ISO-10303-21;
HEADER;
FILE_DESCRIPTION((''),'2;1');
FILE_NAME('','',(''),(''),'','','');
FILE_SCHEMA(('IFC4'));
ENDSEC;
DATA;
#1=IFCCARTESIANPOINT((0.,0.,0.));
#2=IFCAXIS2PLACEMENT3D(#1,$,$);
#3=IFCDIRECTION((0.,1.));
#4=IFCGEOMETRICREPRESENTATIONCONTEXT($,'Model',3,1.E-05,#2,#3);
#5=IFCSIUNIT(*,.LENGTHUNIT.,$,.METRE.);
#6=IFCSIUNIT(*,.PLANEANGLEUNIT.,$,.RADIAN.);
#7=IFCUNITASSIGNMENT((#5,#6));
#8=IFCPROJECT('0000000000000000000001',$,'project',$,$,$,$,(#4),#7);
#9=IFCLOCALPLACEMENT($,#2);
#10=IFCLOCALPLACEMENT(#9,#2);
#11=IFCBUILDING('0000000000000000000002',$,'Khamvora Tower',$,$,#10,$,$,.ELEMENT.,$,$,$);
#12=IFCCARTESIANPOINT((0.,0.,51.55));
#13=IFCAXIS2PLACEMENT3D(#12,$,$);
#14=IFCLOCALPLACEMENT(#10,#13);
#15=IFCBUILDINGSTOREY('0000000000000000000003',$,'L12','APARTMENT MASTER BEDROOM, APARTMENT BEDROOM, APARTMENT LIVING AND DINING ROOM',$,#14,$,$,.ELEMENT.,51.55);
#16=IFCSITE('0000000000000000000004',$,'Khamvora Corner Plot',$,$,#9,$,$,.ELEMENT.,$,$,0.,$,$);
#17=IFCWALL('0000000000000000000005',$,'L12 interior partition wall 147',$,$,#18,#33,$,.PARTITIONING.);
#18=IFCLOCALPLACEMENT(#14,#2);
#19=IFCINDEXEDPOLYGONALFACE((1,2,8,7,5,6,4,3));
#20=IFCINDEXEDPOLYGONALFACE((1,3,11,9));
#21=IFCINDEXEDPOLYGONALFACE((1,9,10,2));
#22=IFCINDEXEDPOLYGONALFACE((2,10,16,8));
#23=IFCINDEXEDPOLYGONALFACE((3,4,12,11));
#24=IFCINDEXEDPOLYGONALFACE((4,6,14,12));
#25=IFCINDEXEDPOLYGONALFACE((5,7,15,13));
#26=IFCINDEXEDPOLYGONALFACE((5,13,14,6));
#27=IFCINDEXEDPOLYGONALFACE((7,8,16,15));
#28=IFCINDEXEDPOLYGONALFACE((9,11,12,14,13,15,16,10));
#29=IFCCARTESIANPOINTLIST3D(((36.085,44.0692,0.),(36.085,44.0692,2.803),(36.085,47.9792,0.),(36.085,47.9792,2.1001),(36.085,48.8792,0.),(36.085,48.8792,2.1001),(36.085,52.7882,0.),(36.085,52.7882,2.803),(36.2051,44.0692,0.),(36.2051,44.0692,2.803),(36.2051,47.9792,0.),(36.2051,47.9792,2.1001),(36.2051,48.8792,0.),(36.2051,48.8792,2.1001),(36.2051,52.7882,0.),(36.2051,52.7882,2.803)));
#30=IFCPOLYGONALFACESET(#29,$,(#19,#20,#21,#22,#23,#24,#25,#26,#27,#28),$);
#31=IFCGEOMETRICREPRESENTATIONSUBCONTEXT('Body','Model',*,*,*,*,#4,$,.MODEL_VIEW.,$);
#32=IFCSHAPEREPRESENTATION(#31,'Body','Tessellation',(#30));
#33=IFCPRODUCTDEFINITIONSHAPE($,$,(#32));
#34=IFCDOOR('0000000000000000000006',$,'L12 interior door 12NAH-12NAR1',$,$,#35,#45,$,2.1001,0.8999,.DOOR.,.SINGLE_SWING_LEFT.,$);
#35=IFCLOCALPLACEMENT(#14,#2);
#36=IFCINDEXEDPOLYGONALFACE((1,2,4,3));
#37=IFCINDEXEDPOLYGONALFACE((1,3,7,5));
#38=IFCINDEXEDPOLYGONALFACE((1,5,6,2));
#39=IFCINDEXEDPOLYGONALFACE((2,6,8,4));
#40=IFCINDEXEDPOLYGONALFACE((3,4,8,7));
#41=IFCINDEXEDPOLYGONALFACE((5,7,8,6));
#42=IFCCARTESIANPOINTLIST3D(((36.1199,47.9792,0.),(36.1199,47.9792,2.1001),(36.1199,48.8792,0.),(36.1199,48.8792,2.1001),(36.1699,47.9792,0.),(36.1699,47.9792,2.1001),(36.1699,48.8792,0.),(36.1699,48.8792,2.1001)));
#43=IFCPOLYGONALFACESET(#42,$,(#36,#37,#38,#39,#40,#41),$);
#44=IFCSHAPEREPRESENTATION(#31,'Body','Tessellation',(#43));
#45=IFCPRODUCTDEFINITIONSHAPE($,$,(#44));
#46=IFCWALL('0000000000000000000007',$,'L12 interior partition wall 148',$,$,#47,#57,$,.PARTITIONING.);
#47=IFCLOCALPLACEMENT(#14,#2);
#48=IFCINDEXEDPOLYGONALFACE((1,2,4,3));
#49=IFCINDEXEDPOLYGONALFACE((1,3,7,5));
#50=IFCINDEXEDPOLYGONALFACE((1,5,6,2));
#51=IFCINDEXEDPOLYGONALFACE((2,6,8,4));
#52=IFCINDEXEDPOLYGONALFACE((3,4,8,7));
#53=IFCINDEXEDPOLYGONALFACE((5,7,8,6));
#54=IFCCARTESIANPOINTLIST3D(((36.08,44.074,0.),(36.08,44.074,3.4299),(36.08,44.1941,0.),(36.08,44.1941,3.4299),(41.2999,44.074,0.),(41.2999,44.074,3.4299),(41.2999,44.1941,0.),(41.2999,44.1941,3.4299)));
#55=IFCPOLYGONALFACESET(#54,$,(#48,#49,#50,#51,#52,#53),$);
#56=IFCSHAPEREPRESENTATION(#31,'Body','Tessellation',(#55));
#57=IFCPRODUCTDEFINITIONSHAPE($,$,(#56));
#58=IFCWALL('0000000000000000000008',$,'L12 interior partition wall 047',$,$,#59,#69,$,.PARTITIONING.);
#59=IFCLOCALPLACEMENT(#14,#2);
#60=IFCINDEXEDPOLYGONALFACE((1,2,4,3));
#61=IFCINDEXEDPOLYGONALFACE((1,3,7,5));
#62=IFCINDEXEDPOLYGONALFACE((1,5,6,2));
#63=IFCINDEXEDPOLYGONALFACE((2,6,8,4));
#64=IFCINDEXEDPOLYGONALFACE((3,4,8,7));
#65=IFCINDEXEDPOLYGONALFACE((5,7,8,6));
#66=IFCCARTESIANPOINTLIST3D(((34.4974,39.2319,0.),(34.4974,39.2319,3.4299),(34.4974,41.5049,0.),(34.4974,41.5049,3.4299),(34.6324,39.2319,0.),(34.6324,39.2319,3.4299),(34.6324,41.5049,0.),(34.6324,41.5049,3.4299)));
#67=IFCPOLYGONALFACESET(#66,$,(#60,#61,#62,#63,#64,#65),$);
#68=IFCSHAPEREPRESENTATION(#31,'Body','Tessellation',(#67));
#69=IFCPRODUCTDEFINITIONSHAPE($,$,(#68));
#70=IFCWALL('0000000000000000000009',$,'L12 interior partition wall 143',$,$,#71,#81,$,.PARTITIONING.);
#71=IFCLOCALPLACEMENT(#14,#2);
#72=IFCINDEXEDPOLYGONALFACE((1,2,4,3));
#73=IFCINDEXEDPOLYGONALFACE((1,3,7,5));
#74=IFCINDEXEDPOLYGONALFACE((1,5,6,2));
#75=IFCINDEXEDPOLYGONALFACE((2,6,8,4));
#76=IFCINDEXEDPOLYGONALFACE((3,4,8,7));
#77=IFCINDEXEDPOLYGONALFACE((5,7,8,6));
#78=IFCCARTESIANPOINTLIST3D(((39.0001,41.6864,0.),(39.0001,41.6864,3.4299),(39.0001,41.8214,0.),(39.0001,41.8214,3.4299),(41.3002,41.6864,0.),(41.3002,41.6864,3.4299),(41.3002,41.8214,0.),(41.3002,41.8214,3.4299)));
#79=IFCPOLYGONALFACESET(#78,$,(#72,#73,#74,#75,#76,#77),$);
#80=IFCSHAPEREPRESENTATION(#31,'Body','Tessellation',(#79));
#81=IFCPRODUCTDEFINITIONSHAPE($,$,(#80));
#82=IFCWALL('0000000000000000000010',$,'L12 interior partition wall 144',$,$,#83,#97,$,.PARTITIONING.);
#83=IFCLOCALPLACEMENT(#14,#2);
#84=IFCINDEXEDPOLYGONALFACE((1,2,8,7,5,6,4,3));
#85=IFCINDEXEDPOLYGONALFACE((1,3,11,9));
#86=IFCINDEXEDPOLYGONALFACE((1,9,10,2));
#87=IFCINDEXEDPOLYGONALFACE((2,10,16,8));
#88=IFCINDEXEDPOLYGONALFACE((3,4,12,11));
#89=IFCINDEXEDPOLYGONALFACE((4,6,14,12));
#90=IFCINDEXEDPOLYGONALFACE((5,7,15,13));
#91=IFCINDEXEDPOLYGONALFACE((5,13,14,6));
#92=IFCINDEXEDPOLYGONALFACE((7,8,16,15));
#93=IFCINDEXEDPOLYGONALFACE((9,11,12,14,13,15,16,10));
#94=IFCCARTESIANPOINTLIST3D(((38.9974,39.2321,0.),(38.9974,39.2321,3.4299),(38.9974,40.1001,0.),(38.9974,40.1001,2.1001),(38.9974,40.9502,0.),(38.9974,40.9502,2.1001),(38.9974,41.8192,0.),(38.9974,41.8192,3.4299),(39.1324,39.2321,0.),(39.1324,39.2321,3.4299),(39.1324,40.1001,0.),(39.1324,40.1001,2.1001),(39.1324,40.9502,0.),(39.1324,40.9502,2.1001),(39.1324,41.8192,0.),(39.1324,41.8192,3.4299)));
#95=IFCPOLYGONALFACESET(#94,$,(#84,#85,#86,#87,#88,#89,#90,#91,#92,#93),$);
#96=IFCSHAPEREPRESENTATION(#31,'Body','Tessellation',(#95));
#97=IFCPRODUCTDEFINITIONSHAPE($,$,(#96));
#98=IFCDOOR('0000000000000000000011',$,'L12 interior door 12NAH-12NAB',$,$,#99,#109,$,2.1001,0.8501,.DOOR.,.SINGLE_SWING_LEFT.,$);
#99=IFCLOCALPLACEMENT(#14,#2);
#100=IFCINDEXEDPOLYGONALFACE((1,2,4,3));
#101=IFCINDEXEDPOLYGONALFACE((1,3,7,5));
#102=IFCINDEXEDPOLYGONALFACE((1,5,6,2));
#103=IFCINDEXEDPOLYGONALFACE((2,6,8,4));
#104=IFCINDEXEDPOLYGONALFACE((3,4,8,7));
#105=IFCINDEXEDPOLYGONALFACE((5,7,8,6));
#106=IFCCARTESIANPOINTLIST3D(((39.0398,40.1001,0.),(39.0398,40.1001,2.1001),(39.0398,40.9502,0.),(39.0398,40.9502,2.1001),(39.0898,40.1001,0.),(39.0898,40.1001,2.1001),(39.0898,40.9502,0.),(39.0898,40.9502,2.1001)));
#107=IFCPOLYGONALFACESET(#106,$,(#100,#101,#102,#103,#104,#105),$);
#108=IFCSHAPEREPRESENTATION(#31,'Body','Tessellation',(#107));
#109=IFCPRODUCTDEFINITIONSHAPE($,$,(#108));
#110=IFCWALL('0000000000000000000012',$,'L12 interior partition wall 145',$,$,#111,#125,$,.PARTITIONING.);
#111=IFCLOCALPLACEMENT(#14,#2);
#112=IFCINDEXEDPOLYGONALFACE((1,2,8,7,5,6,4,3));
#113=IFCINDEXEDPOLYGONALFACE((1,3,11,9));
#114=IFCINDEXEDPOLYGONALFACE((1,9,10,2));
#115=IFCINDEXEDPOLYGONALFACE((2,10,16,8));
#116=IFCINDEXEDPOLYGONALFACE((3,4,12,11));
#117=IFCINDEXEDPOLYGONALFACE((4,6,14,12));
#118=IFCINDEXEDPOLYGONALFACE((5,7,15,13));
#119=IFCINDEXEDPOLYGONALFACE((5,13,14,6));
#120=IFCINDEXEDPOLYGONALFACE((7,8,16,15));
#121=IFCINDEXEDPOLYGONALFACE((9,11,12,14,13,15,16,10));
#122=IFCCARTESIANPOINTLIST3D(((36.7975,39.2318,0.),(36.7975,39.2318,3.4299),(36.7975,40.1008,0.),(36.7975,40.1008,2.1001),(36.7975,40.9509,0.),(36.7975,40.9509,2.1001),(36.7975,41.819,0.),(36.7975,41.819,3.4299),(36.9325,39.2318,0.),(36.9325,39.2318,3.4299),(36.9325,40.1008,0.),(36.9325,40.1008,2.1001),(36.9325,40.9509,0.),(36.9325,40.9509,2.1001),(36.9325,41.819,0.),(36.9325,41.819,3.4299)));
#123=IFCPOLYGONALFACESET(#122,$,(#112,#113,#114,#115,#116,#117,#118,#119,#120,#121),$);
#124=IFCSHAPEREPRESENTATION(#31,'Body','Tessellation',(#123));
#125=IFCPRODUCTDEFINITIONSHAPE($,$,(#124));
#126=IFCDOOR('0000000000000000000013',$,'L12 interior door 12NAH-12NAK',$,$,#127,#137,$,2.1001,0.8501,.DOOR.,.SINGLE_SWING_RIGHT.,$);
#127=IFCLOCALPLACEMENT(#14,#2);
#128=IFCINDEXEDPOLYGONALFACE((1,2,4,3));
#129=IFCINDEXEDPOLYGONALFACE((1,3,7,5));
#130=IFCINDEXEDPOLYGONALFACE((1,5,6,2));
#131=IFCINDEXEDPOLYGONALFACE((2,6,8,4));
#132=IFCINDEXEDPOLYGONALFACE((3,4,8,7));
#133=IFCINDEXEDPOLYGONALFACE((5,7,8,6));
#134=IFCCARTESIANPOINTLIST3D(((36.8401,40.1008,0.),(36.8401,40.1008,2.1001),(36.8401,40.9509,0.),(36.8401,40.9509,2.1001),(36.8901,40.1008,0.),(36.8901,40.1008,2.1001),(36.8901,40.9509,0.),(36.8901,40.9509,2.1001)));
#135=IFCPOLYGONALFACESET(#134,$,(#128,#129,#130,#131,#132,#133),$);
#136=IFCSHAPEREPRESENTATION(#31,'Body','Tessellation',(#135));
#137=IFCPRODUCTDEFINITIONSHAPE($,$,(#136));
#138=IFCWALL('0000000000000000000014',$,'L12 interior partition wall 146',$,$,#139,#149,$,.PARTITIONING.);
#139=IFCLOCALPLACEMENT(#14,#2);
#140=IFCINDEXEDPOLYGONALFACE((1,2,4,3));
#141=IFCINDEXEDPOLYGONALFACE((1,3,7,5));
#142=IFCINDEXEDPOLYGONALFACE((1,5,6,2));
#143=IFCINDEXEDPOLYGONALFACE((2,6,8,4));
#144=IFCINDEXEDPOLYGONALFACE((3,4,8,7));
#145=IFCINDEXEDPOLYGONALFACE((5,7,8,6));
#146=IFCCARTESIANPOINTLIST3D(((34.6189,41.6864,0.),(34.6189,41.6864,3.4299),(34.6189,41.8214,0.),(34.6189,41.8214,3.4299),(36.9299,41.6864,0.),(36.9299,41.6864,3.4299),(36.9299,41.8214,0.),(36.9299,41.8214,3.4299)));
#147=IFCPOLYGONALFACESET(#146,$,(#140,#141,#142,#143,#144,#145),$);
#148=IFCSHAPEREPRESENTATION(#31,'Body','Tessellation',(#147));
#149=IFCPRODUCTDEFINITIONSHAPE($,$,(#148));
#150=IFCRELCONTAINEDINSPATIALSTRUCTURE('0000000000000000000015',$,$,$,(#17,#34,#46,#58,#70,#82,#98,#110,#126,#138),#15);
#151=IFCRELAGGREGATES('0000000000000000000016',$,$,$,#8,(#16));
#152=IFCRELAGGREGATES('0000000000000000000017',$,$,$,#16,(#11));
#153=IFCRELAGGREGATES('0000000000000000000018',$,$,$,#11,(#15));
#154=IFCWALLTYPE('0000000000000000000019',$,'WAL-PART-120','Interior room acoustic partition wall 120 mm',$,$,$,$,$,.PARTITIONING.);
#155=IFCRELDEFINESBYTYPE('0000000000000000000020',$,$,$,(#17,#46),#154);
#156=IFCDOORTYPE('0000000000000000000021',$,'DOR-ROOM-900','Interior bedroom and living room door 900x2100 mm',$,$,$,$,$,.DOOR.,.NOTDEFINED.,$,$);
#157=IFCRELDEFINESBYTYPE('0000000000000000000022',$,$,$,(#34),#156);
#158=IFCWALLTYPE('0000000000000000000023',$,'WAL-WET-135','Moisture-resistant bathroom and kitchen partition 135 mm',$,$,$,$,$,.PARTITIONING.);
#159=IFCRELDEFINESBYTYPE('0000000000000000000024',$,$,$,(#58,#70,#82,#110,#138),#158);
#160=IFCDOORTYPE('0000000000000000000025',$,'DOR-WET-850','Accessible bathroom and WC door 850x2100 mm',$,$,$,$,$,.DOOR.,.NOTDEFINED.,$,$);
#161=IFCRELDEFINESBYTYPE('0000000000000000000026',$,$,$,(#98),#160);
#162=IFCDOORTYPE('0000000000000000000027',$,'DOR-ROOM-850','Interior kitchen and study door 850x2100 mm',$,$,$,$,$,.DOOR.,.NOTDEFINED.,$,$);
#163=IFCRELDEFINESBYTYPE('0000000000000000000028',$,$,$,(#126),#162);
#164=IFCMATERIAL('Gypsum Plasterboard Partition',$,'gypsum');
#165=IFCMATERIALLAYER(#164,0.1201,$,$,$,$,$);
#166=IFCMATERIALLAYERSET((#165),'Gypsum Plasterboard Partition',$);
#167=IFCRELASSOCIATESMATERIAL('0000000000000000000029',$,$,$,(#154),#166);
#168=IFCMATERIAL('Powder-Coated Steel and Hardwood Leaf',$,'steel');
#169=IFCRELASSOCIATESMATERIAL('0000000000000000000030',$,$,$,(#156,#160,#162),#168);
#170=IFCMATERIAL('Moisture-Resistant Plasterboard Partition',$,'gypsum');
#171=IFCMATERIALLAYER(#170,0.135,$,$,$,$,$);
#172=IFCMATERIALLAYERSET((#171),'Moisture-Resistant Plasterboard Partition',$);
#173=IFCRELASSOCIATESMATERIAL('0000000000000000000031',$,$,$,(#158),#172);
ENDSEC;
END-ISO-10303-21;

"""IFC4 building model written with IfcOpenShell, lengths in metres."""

from ifc_helpers import new_model, si_unit, direction, frame, frame_2d, origin, place, context, subcontext, project, spatial, rectangle, extrude, material, layer, layer_set, type_object, element, fill, save


model = new_model("IFC4")

# Units and contexts
model_context = context("Model", 3, precision=1e-05, world=origin(), true_north=direction((0.0, 1.0)))
body_context = subcontext(model_context, "Body", "Model", "MODEL_VIEW")
ifc_project = project(units=[si_unit("LENGTHUNIT", "METRE"), si_unit("PLANEANGLEUNIT", "RADIAN")], contexts=[model_context])

# Site, building, storey
site_placement = place(None, origin())
site = spatial("IfcSite", under=ifc_project, at=site_placement, Name="Khamvora Corner Plot", CompositionType="ELEMENT", RefElevation=0.0)
building_placement = place(site_placement, origin())
building = spatial("IfcBuilding", under=site, at=building_placement, Name="Khamvora Tower", CompositionType="ELEMENT")
storey_placement = place(building_placement, frame((0.0, 0.0, 51.55)))
storey = spatial("IfcBuildingStorey", under=building, at=storey_placement, Name="L12", Description="APARTMENT MASTER BEDROOM, APARTMENT BEDROOM, APARTMENT LIVING AND DINING ROOM", CompositionType="ELEMENT", Elevation=51.55)

# Shared definitions
ifc_material_1 = material(Name="Powder-Coated Steel and Hardwood Leaf", Category="steel")

# Shared definitions
ifc_material_2 = material(Name="Gypsum Plasterboard Partition", Category="gypsum")
ifc_layer_1 = layer(ifc_material_2, 0.1201)
ifc_layer_set_1 = layer_set([ifc_layer_1], Name="Gypsum Plasterboard Partition")
wall_type_1 = type_object("IfcWallType", Name="WAL-PART-120", Description="Interior room acoustic partition wall 120 mm", PredefinedType="PARTITIONING", material=ifc_layer_set_1)

# Wall, opening, door
wall_1_placement = place(storey_placement, frame((36.145, 52.7881, 0.0), z_axis=(0.0, 0.0, 1.0), x_axis=(0.0, -1.0, 0.0)))
wall_1 = element("IfcWall", 1, at=wall_1_placement, inside=storey, type_object=wall_type_1, Name="L12 interior partition wall 147", PredefinedType="PARTITIONING", context=body_context, shape_type="SweptSolid", body=[
    extrude(rectangle(XDim=8.719, YDim=0.1201, at=frame_2d((4.3594, 0.0))), origin(), (0.0, 0.0, 1.0), 2.803),
])
opening_1_placement = place(wall_1_placement, frame((3.9089, 0.0, 0.0)))
opening_1 = element("IfcOpeningElement", 2, at=opening_1_placement, cuts=wall_1, PredefinedType="OPENING", context=body_context, shape_type="SweptSolid", body=[
    extrude(rectangle(XDim=0.8999, YDim=2.1001, at=frame_2d((0.45, 1.05))), frame((0.0, 0.0701, 0.0), z_axis=(0.0, -1.0, 0.0), x_axis=(1.0, 0.0, 0.0)), (0.0, 0.0, 1.0), 0.1401),
])
door_type_1 = type_object("IfcDoorType", Name="DOR-ROOM-900", Description="Interior bedroom and living room door 900x2100 mm", OperationType="NOTDEFINED", PredefinedType="DOOR", material=ifc_material_1)
door_1_placement = place(opening_1_placement, origin())
door_1 = element("IfcDoor", 3, at=door_1_placement, inside=storey, type_object=door_type_1, Name="L12 interior door 12NAH-12NAR1", OperationType="SINGLE_SWING_LEFT", OverallHeight=2.1001, OverallWidth=0.8999, PredefinedType="DOOR", context=body_context, shape_type="SweptSolid", body=[
    extrude(rectangle(XDim=0.8999, YDim=2.1001, at=frame_2d((0.45, 1.05))), frame((0.0, 0.0249, 0.0), z_axis=(0.0, -1.0, 0.0), x_axis=(1.0, 0.0, 0.0)), (0.0, 0.0, 1.0), 0.05),
])
fill(opening_1, door_1)

# Walls
wall_2_placement = place(storey_placement, frame((36.0801, 44.134, 0.0), z_axis=(0.0, 0.0, 1.0), x_axis=(1.0, 0.0, 0.0)))
element("IfcWall", 4, at=wall_2_placement, inside=storey, type_object=wall_type_1, Name="L12 interior partition wall 148", PredefinedType="PARTITIONING", context=body_context, shape_type="SweptSolid", body=[
    extrude(rectangle(XDim=5.22, YDim=0.1201, at=frame_2d((2.6099, 0.0))), origin(), (0.0, 0.0, 1.0), 3.4299),
])
ifc_material_3 = material(Name="Moisture-Resistant Plasterboard Partition", Category="gypsum")
ifc_layer_2 = layer(ifc_material_3, 0.135)
ifc_layer_set_2 = layer_set([ifc_layer_2], Name="Moisture-Resistant Plasterboard Partition")
wall_type_2 = type_object("IfcWallType", Name="WAL-WET-135", Description="Moisture-resistant bathroom and kitchen partition 135 mm", PredefinedType="PARTITIONING", material=ifc_layer_set_2)
wall_3_placement = place(storey_placement, frame((34.5649, 41.5049, 0.0), z_axis=(0.0, 0.0, 1.0), x_axis=(0.0, -1.0, 0.0)))
element("IfcWall", 5, at=wall_3_placement, inside=storey, type_object=wall_type_2, Name="L12 interior partition wall 047", PredefinedType="PARTITIONING", context=body_context, shape_type="SweptSolid", body=[
    extrude(rectangle(XDim=2.2729, YDim=0.135, at=frame_2d((1.1365, 0.0))), origin(), (0.0, 0.0, 1.0), 3.4299),
])
wall_4_placement = place(storey_placement, frame((41.3, 41.7539, 0.0), z_axis=(0.0, 0.0, 1.0), x_axis=(-1.0, 0.0, 0.0)))
element("IfcWall", 6, at=wall_4_placement, inside=storey, type_object=wall_type_2, Name="L12 interior partition wall 143", PredefinedType="PARTITIONING", context=body_context, shape_type="SweptSolid", body=[
    extrude(rectangle(XDim=2.3, YDim=0.135, at=frame_2d((1.1499, 0.0))), origin(), (0.0, 0.0, 1.0), 3.4299),
])

# Walls, openings, doors
wall_5_placement = place(storey_placement, frame((39.0649, 41.8191, 0.0), z_axis=(0.0, 0.0, 1.0), x_axis=(0.0, -1.0, 0.0)))
wall_5 = element("IfcWall", 7, at=wall_5_placement, inside=storey, type_object=wall_type_2, Name="L12 interior partition wall 144", PredefinedType="PARTITIONING", context=body_context, shape_type="SweptSolid", body=[
    extrude(rectangle(XDim=2.5872, YDim=0.135, at=frame_2d((1.2935, 0.0))), origin(), (0.0, 0.0, 1.0), 3.4299),
])
opening_2_placement = place(wall_5_placement, frame((0.8689, 0.0, 0.0)))
opening_2 = element("IfcOpeningElement", 8, at=opening_2_placement, cuts=wall_5, PredefinedType="OPENING", context=body_context, shape_type="SweptSolid", body=[
    extrude(rectangle(XDim=0.8501, YDim=2.1001, at=frame_2d((0.425, 1.05))), frame((0.0, 0.0774, 0.0), z_axis=(0.0, -1.0, 0.0), x_axis=(1.0, 0.0, 0.0)), (0.0, 0.0, 1.0), 0.155),
])
door_type_2 = type_object("IfcDoorType", Name="DOR-WET-850", Description="Accessible bathroom and WC door 850x2100 mm", OperationType="NOTDEFINED", PredefinedType="DOOR", material=ifc_material_1)
door_2_placement = place(opening_2_placement, origin())
door_2 = element("IfcDoor", 9, at=door_2_placement, inside=storey, type_object=door_type_2, Name="L12 interior door 12NAH-12NAB", OperationType="SINGLE_SWING_LEFT", OverallHeight=2.1001, OverallWidth=0.8501, PredefinedType="DOOR", context=body_context, shape_type="SweptSolid", body=[
    extrude(rectangle(XDim=0.8501, YDim=2.1001, at=frame_2d((0.425, 1.05))), frame((0.0, 0.0249, 0.0), z_axis=(0.0, -1.0, 0.0), x_axis=(1.0, 0.0, 0.0)), (0.0, 0.0, 1.0), 0.05),
])
fill(opening_2, door_2)
wall_6_placement = place(storey_placement, frame((36.865, 39.2319, 0.0), z_axis=(0.0, 0.0, 1.0), x_axis=(0.0, 1.0, 0.0)))
wall_6 = element("IfcWall", 10, at=wall_6_placement, inside=storey, type_object=wall_type_2, Name="L12 interior partition wall 145", PredefinedType="PARTITIONING", context=body_context, shape_type="SweptSolid", body=[
    extrude(rectangle(XDim=2.5872, YDim=0.135, at=frame_2d((1.2935, 0.0))), origin(), (0.0, 0.0, 1.0), 3.4299),
])
opening_3_placement = place(wall_6_placement, frame((0.8689, 0.0, 0.0)))
opening_3 = element("IfcOpeningElement", 11, at=opening_3_placement, cuts=wall_6, PredefinedType="OPENING", context=body_context, shape_type="SweptSolid", body=[
    extrude(rectangle(XDim=0.8501, YDim=2.1001, at=frame_2d((0.425, 1.05))), frame((0.0, 0.0774, 0.0), z_axis=(0.0, -1.0, 0.0), x_axis=(1.0, 0.0, 0.0)), (0.0, 0.0, 1.0), 0.155),
])
door_type_3 = type_object("IfcDoorType", Name="DOR-ROOM-850", Description="Interior kitchen and study door 850x2100 mm", OperationType="NOTDEFINED", PredefinedType="DOOR", material=ifc_material_1)
door_3_placement = place(opening_3_placement, origin())
door_3 = element("IfcDoor", 12, at=door_3_placement, inside=storey, type_object=door_type_3, Name="L12 interior door 12NAH-12NAK", OperationType="SINGLE_SWING_RIGHT", OverallHeight=2.1001, OverallWidth=0.8501, PredefinedType="DOOR", context=body_context, shape_type="SweptSolid", body=[
    extrude(rectangle(XDim=0.8501, YDim=2.1001, at=frame_2d((0.425, 1.05))), frame((0.0, 0.0249, 0.0), z_axis=(0.0, -1.0, 0.0), x_axis=(1.0, 0.0, 0.0)), (0.0, 0.0, 1.0), 0.05),
])
fill(opening_3, door_3)

# Wall
wall_7_placement = place(storey_placement, frame((36.9299, 41.7539, 0.0), z_axis=(0.0, 0.0, 1.0), x_axis=(-1.0, 0.0, 0.0)))
element("IfcWall", 13, at=wall_7_placement, inside=storey, type_object=wall_type_2, Name="L12 interior partition wall 146", PredefinedType="PARTITIONING", context=body_context, shape_type="SweptSolid", body=[
    extrude(rectangle(XDim=2.311, YDim=0.135, at=frame_2d((1.1555, 0.0))), origin(), (0.0, 0.0, 1.0), 3.4299),
])

save(model, "model.ifc")
